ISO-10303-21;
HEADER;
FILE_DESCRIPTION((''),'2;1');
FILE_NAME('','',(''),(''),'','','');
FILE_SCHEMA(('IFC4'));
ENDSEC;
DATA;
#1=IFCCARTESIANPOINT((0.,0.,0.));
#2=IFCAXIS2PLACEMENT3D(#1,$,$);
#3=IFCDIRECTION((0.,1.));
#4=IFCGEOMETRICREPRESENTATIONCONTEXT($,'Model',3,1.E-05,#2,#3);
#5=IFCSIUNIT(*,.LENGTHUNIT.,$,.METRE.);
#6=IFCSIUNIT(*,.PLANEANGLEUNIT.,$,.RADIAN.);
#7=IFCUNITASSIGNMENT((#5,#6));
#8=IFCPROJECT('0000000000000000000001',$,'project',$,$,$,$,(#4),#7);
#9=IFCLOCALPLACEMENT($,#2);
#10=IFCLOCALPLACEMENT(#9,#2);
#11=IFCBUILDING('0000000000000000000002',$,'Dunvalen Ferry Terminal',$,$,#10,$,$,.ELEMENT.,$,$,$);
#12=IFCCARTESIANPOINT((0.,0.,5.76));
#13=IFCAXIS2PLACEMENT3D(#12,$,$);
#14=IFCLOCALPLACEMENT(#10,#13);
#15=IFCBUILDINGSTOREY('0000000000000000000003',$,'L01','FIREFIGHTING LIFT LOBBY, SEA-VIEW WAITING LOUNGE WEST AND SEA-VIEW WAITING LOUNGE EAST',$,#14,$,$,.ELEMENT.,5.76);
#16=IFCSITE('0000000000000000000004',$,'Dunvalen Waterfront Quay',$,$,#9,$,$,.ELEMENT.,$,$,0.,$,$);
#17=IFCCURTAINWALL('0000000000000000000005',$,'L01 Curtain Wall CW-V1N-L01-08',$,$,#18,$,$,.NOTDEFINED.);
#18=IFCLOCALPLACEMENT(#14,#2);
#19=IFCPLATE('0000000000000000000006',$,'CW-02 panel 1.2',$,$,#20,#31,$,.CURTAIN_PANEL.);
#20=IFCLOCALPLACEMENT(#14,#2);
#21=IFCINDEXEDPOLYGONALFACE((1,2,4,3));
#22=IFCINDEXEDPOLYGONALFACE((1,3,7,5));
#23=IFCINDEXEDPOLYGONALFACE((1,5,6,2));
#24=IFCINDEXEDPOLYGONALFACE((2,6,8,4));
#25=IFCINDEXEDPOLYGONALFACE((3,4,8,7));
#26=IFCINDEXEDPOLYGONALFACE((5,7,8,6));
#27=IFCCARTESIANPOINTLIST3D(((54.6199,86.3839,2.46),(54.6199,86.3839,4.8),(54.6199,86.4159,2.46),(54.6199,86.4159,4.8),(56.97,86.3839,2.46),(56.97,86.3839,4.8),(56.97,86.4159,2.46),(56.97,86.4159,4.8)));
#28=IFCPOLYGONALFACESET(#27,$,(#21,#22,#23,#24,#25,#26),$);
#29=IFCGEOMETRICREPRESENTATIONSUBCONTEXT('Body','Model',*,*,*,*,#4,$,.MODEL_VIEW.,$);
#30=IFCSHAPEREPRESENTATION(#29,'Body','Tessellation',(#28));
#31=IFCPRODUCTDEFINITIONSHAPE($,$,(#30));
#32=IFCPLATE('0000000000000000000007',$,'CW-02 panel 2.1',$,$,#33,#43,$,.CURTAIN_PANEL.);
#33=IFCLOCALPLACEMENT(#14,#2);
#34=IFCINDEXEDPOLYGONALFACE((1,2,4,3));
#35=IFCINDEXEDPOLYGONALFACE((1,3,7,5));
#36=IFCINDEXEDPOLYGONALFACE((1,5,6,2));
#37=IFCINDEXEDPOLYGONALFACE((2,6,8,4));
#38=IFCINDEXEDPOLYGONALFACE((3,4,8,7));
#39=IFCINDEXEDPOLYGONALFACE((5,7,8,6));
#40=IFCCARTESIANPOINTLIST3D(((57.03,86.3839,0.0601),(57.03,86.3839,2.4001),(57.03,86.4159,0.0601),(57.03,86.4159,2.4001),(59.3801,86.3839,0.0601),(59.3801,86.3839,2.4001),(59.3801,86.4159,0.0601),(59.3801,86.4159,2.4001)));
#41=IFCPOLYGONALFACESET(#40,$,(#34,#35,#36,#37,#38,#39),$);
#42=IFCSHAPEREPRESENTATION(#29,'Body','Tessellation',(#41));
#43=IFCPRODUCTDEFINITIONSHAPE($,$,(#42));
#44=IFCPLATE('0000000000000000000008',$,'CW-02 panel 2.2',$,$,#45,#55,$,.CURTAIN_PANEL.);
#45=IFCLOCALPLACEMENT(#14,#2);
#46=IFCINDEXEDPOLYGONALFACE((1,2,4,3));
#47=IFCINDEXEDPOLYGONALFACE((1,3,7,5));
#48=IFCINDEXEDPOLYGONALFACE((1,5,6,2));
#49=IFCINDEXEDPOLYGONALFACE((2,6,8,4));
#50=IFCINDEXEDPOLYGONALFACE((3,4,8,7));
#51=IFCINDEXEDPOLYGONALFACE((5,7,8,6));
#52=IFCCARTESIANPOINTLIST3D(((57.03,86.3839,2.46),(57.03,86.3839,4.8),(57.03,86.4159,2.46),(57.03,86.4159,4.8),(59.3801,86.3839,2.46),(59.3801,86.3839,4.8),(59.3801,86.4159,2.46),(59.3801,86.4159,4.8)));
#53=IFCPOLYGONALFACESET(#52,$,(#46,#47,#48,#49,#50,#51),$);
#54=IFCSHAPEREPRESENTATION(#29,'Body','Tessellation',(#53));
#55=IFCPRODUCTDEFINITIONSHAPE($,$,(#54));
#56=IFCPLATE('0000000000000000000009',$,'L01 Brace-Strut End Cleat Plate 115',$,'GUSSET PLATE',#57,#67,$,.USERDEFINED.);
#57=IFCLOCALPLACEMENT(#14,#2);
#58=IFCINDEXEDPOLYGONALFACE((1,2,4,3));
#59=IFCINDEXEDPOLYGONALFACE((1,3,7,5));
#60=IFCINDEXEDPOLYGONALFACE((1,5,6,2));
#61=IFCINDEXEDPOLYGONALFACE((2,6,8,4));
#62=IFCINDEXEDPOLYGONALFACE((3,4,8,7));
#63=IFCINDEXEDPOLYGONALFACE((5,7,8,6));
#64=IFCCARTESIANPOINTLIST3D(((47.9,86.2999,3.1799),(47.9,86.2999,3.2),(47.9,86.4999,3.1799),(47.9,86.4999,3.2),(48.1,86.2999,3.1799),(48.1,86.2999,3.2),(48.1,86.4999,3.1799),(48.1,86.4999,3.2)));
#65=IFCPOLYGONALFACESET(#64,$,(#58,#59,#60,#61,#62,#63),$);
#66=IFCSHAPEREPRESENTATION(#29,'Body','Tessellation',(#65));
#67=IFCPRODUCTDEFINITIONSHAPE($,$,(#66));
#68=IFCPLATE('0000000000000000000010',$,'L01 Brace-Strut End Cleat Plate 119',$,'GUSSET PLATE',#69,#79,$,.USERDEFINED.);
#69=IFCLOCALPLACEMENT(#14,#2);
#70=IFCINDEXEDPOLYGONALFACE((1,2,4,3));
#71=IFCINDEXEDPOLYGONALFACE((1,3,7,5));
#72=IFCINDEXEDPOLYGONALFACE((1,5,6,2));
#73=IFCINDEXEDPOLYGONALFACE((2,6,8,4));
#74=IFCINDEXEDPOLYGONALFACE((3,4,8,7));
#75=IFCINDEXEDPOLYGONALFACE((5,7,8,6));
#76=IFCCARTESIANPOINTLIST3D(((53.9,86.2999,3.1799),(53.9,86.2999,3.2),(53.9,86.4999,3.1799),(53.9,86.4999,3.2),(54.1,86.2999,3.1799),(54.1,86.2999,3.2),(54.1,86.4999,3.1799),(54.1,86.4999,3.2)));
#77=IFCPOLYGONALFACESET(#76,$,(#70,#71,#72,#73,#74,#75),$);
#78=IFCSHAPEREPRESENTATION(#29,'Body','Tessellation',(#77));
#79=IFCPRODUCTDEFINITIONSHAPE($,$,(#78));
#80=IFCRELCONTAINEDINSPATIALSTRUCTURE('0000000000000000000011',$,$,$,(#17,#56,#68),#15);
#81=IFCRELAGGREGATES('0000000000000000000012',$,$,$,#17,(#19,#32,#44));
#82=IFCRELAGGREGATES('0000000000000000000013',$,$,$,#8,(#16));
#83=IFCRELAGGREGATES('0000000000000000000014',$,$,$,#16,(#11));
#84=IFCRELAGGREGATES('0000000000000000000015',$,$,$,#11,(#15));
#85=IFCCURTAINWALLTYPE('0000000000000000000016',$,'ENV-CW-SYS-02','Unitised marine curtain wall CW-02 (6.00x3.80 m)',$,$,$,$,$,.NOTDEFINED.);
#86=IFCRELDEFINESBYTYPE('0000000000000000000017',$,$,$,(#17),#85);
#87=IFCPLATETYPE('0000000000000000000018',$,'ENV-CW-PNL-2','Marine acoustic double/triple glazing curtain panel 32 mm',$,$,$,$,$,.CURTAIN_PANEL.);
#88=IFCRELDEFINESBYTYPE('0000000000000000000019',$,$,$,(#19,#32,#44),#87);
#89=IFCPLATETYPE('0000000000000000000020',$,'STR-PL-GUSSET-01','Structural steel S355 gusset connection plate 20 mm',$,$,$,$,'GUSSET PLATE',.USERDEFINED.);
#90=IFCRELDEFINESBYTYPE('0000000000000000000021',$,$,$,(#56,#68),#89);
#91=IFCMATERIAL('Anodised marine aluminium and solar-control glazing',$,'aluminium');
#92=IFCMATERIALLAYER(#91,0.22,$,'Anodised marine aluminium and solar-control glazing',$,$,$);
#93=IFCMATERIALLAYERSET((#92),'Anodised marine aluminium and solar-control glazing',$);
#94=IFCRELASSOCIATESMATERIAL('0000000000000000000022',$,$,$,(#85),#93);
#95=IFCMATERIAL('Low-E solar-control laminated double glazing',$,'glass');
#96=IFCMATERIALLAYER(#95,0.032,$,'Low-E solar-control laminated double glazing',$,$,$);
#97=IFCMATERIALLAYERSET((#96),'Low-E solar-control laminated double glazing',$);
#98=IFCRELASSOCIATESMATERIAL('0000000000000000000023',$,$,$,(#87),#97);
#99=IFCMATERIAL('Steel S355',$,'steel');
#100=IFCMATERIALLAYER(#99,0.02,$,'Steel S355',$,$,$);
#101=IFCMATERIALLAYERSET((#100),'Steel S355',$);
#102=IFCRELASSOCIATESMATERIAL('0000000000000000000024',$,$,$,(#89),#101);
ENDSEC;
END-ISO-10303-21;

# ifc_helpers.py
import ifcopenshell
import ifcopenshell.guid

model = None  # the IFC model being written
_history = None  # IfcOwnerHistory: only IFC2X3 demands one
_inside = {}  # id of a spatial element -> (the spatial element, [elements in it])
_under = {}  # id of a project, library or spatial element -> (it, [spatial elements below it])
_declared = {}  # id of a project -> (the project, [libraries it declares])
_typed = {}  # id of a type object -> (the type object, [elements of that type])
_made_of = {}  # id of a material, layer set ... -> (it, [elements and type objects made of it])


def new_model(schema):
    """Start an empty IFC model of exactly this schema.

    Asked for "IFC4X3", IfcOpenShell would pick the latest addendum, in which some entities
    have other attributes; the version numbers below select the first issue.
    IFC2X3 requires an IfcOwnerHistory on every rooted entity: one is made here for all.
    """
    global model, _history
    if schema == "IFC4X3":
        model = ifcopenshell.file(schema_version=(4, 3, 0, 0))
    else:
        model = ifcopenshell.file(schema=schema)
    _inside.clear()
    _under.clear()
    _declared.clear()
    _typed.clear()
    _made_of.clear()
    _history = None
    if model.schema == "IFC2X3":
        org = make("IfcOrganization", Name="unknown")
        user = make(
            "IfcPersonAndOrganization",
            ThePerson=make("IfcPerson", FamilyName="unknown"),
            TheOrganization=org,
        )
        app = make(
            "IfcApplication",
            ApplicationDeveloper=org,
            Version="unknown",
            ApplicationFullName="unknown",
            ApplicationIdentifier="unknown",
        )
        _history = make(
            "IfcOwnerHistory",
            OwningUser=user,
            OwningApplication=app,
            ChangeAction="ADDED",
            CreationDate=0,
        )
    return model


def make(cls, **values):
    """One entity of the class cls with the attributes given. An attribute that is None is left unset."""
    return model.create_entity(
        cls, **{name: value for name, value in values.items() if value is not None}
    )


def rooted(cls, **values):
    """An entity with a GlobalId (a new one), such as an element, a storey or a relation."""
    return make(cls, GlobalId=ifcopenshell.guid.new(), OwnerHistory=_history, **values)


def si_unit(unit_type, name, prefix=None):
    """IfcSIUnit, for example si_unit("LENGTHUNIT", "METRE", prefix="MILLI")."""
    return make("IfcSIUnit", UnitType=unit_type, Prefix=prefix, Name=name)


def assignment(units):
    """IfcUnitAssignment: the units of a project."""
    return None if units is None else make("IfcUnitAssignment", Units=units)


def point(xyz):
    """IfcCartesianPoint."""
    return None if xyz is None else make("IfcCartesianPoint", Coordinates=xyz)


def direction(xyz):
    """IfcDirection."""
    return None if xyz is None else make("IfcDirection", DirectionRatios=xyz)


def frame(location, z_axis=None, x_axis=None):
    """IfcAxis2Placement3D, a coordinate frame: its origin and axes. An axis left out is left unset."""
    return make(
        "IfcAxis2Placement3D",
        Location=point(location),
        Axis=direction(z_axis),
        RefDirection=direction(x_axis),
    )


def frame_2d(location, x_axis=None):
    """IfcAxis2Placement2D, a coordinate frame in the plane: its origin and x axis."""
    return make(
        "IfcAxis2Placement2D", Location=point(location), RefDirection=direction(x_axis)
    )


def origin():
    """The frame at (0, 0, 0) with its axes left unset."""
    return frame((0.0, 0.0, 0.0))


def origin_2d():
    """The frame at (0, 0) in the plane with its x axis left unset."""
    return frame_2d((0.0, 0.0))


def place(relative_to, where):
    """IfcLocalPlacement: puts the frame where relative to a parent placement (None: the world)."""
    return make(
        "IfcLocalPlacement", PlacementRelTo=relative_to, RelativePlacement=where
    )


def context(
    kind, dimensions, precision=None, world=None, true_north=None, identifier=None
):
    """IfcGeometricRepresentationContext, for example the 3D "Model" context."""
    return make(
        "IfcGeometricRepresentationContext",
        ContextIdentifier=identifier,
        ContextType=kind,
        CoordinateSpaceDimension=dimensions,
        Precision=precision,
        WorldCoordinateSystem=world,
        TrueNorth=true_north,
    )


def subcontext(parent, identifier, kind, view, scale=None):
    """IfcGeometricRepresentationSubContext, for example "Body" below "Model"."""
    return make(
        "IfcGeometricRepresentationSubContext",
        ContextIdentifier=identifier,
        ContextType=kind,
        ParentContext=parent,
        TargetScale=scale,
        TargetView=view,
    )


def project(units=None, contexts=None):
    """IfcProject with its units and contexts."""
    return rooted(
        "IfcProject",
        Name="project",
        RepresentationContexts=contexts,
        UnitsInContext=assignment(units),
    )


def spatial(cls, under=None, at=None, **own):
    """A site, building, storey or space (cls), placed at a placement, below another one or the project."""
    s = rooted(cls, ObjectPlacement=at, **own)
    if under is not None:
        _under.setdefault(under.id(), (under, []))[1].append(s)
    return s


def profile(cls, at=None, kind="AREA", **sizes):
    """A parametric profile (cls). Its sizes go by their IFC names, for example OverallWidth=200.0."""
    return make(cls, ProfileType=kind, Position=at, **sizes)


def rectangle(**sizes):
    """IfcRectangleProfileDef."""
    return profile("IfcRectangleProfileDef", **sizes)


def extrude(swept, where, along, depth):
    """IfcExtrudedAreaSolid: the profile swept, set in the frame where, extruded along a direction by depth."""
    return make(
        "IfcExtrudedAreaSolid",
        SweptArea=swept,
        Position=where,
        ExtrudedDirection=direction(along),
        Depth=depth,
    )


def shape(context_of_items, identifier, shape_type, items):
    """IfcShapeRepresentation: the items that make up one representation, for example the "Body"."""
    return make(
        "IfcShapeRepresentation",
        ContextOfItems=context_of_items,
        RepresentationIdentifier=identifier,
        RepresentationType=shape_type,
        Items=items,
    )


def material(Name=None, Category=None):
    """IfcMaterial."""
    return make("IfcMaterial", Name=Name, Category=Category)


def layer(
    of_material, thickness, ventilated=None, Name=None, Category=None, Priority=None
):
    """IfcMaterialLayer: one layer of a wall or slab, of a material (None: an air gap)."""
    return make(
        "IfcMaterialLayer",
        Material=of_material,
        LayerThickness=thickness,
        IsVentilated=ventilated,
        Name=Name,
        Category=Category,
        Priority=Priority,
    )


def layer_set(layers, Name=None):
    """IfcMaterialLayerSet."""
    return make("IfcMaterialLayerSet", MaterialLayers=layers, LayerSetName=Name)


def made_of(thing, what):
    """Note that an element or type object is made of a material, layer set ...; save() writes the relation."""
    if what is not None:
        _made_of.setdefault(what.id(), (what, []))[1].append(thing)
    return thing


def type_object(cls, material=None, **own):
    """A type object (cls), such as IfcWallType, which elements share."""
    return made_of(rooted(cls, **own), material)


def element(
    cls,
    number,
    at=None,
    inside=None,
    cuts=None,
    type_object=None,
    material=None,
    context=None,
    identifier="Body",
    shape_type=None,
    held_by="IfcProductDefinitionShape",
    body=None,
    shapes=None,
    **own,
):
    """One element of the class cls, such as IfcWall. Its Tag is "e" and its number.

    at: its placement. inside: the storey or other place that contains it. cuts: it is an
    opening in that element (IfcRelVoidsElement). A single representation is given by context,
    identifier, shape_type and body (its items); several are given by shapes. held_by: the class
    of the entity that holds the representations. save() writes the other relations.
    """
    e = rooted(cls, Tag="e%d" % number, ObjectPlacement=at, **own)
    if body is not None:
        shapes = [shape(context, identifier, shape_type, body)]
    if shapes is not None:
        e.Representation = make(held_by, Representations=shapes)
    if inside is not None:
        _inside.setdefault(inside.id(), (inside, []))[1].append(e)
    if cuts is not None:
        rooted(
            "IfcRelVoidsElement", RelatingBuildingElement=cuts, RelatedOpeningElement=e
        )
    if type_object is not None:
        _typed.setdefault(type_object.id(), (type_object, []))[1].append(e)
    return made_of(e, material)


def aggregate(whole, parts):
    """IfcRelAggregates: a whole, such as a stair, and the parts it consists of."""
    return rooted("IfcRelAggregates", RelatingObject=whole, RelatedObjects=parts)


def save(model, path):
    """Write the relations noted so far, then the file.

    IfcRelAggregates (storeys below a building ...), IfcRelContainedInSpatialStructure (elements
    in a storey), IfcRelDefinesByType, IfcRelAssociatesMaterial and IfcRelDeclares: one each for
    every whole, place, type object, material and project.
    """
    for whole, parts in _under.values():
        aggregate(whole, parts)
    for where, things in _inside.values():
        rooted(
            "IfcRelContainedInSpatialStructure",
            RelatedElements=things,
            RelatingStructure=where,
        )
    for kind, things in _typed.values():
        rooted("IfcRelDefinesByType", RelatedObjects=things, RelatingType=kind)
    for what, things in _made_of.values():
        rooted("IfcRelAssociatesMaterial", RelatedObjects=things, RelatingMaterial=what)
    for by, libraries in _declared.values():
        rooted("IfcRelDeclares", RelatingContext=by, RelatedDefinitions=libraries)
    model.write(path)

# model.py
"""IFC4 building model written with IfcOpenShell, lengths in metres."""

from ifc_helpers import new_model, si_unit, direction, frame, origin, origin_2d, place, context, subcontext, project, spatial, rectangle, extrude, material, layer, layer_set, type_object, element, aggregate, save


model = new_model("IFC4")

# Units and contexts
model_context = context("Model", 3, precision=1e-05, world=origin(), true_north=direction((0.0, 1.0)))
body_context = subcontext(model_context, "Body", "Model", "MODEL_VIEW")
ifc_project = project(units=[si_unit("LENGTHUNIT", "METRE"), si_unit("PLANEANGLEUNIT", "RADIAN")], contexts=[model_context])

# Site, building, storey
site_placement = place(None, origin())
site = spatial("IfcSite", under=ifc_project, at=site_placement, Name="Dunvalen Waterfront Quay", CompositionType="ELEMENT", RefElevation=0.0)
building_placement = place(site_placement, origin())
building = spatial("IfcBuilding", under=site, at=building_placement, Name="Dunvalen Ferry Terminal", CompositionType="ELEMENT")
storey_placement = place(building_placement, frame((0.0, 0.0, 5.76)))
storey = spatial("IfcBuildingStorey", under=building, at=storey_placement, Name="L01", Description="FIREFIGHTING LIFT LOBBY, SEA-VIEW WAITING LOUNGE WEST AND SEA-VIEW WAITING LOUNGE EAST", CompositionType="ELEMENT", Elevation=5.76)

# Shared definitions
ifc_material_1 = material(Name="Anodised marine aluminium and solar-control glazing", Category="aluminium")
ifc_layer_1 = layer(ifc_material_1, 0.22, Name="Anodised marine aluminium and solar-control glazing")
ifc_layer_set_1 = layer_set([ifc_layer_1], Name="Anodised marine aluminium and solar-control glazing")
curtain_wall_type = type_object("IfcCurtainWallType", Name="ENV-CW-SYS-02", Description="Unitised marine curtain wall CW-02 (6.00x3.80 m)", PredefinedType="NOTDEFINED", material=ifc_layer_set_1)

# Curtain wall
curtain_wall_1_placement = place(storey_placement, origin())
curtain_wall_1 = element("IfcCurtainWall", 1, at=curtain_wall_1_placement, inside=storey, type_object=curtain_wall_type, Name="L01 Curtain Wall CW-V1N-L01-08", PredefinedType="NOTDEFINED")

# Shared definitions
ifc_material_2 = material(Name="Steel S355", Category="steel")

# Plates
ifc_material_3 = material(Name="Low-E solar-control laminated double glazing", Category="glass")
ifc_layer_2 = layer(ifc_material_3, 0.032, Name="Low-E solar-control laminated double glazing")
ifc_layer_set_2 = layer_set([ifc_layer_2], Name="Low-E solar-control laminated double glazing")
plate_type_1 = type_object("IfcPlateType", Name="ENV-CW-PNL-2", Description="Marine acoustic double/triple glazing curtain panel 32 mm", PredefinedType="CURTAIN_PANEL", material=ifc_layer_set_2)
plate_1_placement = place(storey_placement, frame((55.7949, 86.3999, 2.46), z_axis=(0.0, 0.0, 1.0), x_axis=(1.0, 0.0, 0.0)))
plate_1 = element("IfcPlate", 2, at=plate_1_placement, type_object=plate_type_1, Name="CW-02 panel 1.2", PredefinedType="CURTAIN_PANEL", context=body_context, shape_type="SweptSolid", body=[
    extrude(rectangle(XDim=2.3501, YDim=0.032, at=origin_2d()), origin(), (0.0, 0.0, 1.0), 2.3401),
])
plate_2_placement = place(storey_placement, frame((58.2051, 86.3999, 0.0601), z_axis=(0.0, 0.0, 1.0), x_axis=(1.0, 0.0, 0.0)))
plate_2 = element("IfcPlate", 3, at=plate_2_placement, type_object=plate_type_1, Name="CW-02 panel 2.1", PredefinedType="CURTAIN_PANEL", context=body_context, shape_type="SweptSolid", body=[
    extrude(rectangle(XDim=2.3501, YDim=0.032, at=origin_2d()), origin(), (0.0, 0.0, 1.0), 2.3401),
])
plate_3_placement = place(storey_placement, frame((58.2051, 86.3999, 2.46), z_axis=(0.0, 0.0, 1.0), x_axis=(1.0, 0.0, 0.0)))
plate_3 = element("IfcPlate", 4, at=plate_3_placement, type_object=plate_type_1, Name="CW-02 panel 2.2", PredefinedType="CURTAIN_PANEL", context=body_context, shape_type="SweptSolid", body=[
    extrude(rectangle(XDim=2.3501, YDim=0.032, at=origin_2d()), origin(), (0.0, 0.0, 1.0), 2.3401),
])
aggregate(curtain_wall_1, [plate_1, plate_2, plate_3])

# Plates
ifc_layer_3 = layer(ifc_material_2, 0.02, Name="Steel S355")
ifc_layer_set_3 = layer_set([ifc_layer_3], Name="Steel S355")
plate_type_2 = type_object("IfcPlateType", Name="STR-PL-GUSSET-01", Description="Structural steel S355 gusset connection plate 20 mm", ElementType="GUSSET PLATE", PredefinedType="USERDEFINED", material=ifc_layer_set_3)
for number, where, z_axis, x_axis, name in (
    (5, (48.0, 86.3999, 3.1799), (0.0, 0.0, 1.0), (1.0, 0.0, 0.0), "L01 Brace-Strut End Cleat Plate 115"),
    (6, (54.0, 86.3999, 3.1799), (0.0, 0.0, 1.0), (1.0, 0.0, 0.0), "L01 Brace-Strut End Cleat Plate 119"),
):
    element("IfcPlate", number, at=place(storey_placement, frame(where, z_axis=z_axis, x_axis=x_axis)), inside=storey, type_object=plate_type_2, Name=name, ObjectType="GUSSET PLATE", PredefinedType="USERDEFINED", context=body_context, shape_type="SweptSolid", body=[
        extrude(rectangle(XDim=0.2, YDim=0.2, at=origin_2d()), origin(), (0.0, 0.0, 1.0), 0.02),
    ])

save(model, "model.ifc")
